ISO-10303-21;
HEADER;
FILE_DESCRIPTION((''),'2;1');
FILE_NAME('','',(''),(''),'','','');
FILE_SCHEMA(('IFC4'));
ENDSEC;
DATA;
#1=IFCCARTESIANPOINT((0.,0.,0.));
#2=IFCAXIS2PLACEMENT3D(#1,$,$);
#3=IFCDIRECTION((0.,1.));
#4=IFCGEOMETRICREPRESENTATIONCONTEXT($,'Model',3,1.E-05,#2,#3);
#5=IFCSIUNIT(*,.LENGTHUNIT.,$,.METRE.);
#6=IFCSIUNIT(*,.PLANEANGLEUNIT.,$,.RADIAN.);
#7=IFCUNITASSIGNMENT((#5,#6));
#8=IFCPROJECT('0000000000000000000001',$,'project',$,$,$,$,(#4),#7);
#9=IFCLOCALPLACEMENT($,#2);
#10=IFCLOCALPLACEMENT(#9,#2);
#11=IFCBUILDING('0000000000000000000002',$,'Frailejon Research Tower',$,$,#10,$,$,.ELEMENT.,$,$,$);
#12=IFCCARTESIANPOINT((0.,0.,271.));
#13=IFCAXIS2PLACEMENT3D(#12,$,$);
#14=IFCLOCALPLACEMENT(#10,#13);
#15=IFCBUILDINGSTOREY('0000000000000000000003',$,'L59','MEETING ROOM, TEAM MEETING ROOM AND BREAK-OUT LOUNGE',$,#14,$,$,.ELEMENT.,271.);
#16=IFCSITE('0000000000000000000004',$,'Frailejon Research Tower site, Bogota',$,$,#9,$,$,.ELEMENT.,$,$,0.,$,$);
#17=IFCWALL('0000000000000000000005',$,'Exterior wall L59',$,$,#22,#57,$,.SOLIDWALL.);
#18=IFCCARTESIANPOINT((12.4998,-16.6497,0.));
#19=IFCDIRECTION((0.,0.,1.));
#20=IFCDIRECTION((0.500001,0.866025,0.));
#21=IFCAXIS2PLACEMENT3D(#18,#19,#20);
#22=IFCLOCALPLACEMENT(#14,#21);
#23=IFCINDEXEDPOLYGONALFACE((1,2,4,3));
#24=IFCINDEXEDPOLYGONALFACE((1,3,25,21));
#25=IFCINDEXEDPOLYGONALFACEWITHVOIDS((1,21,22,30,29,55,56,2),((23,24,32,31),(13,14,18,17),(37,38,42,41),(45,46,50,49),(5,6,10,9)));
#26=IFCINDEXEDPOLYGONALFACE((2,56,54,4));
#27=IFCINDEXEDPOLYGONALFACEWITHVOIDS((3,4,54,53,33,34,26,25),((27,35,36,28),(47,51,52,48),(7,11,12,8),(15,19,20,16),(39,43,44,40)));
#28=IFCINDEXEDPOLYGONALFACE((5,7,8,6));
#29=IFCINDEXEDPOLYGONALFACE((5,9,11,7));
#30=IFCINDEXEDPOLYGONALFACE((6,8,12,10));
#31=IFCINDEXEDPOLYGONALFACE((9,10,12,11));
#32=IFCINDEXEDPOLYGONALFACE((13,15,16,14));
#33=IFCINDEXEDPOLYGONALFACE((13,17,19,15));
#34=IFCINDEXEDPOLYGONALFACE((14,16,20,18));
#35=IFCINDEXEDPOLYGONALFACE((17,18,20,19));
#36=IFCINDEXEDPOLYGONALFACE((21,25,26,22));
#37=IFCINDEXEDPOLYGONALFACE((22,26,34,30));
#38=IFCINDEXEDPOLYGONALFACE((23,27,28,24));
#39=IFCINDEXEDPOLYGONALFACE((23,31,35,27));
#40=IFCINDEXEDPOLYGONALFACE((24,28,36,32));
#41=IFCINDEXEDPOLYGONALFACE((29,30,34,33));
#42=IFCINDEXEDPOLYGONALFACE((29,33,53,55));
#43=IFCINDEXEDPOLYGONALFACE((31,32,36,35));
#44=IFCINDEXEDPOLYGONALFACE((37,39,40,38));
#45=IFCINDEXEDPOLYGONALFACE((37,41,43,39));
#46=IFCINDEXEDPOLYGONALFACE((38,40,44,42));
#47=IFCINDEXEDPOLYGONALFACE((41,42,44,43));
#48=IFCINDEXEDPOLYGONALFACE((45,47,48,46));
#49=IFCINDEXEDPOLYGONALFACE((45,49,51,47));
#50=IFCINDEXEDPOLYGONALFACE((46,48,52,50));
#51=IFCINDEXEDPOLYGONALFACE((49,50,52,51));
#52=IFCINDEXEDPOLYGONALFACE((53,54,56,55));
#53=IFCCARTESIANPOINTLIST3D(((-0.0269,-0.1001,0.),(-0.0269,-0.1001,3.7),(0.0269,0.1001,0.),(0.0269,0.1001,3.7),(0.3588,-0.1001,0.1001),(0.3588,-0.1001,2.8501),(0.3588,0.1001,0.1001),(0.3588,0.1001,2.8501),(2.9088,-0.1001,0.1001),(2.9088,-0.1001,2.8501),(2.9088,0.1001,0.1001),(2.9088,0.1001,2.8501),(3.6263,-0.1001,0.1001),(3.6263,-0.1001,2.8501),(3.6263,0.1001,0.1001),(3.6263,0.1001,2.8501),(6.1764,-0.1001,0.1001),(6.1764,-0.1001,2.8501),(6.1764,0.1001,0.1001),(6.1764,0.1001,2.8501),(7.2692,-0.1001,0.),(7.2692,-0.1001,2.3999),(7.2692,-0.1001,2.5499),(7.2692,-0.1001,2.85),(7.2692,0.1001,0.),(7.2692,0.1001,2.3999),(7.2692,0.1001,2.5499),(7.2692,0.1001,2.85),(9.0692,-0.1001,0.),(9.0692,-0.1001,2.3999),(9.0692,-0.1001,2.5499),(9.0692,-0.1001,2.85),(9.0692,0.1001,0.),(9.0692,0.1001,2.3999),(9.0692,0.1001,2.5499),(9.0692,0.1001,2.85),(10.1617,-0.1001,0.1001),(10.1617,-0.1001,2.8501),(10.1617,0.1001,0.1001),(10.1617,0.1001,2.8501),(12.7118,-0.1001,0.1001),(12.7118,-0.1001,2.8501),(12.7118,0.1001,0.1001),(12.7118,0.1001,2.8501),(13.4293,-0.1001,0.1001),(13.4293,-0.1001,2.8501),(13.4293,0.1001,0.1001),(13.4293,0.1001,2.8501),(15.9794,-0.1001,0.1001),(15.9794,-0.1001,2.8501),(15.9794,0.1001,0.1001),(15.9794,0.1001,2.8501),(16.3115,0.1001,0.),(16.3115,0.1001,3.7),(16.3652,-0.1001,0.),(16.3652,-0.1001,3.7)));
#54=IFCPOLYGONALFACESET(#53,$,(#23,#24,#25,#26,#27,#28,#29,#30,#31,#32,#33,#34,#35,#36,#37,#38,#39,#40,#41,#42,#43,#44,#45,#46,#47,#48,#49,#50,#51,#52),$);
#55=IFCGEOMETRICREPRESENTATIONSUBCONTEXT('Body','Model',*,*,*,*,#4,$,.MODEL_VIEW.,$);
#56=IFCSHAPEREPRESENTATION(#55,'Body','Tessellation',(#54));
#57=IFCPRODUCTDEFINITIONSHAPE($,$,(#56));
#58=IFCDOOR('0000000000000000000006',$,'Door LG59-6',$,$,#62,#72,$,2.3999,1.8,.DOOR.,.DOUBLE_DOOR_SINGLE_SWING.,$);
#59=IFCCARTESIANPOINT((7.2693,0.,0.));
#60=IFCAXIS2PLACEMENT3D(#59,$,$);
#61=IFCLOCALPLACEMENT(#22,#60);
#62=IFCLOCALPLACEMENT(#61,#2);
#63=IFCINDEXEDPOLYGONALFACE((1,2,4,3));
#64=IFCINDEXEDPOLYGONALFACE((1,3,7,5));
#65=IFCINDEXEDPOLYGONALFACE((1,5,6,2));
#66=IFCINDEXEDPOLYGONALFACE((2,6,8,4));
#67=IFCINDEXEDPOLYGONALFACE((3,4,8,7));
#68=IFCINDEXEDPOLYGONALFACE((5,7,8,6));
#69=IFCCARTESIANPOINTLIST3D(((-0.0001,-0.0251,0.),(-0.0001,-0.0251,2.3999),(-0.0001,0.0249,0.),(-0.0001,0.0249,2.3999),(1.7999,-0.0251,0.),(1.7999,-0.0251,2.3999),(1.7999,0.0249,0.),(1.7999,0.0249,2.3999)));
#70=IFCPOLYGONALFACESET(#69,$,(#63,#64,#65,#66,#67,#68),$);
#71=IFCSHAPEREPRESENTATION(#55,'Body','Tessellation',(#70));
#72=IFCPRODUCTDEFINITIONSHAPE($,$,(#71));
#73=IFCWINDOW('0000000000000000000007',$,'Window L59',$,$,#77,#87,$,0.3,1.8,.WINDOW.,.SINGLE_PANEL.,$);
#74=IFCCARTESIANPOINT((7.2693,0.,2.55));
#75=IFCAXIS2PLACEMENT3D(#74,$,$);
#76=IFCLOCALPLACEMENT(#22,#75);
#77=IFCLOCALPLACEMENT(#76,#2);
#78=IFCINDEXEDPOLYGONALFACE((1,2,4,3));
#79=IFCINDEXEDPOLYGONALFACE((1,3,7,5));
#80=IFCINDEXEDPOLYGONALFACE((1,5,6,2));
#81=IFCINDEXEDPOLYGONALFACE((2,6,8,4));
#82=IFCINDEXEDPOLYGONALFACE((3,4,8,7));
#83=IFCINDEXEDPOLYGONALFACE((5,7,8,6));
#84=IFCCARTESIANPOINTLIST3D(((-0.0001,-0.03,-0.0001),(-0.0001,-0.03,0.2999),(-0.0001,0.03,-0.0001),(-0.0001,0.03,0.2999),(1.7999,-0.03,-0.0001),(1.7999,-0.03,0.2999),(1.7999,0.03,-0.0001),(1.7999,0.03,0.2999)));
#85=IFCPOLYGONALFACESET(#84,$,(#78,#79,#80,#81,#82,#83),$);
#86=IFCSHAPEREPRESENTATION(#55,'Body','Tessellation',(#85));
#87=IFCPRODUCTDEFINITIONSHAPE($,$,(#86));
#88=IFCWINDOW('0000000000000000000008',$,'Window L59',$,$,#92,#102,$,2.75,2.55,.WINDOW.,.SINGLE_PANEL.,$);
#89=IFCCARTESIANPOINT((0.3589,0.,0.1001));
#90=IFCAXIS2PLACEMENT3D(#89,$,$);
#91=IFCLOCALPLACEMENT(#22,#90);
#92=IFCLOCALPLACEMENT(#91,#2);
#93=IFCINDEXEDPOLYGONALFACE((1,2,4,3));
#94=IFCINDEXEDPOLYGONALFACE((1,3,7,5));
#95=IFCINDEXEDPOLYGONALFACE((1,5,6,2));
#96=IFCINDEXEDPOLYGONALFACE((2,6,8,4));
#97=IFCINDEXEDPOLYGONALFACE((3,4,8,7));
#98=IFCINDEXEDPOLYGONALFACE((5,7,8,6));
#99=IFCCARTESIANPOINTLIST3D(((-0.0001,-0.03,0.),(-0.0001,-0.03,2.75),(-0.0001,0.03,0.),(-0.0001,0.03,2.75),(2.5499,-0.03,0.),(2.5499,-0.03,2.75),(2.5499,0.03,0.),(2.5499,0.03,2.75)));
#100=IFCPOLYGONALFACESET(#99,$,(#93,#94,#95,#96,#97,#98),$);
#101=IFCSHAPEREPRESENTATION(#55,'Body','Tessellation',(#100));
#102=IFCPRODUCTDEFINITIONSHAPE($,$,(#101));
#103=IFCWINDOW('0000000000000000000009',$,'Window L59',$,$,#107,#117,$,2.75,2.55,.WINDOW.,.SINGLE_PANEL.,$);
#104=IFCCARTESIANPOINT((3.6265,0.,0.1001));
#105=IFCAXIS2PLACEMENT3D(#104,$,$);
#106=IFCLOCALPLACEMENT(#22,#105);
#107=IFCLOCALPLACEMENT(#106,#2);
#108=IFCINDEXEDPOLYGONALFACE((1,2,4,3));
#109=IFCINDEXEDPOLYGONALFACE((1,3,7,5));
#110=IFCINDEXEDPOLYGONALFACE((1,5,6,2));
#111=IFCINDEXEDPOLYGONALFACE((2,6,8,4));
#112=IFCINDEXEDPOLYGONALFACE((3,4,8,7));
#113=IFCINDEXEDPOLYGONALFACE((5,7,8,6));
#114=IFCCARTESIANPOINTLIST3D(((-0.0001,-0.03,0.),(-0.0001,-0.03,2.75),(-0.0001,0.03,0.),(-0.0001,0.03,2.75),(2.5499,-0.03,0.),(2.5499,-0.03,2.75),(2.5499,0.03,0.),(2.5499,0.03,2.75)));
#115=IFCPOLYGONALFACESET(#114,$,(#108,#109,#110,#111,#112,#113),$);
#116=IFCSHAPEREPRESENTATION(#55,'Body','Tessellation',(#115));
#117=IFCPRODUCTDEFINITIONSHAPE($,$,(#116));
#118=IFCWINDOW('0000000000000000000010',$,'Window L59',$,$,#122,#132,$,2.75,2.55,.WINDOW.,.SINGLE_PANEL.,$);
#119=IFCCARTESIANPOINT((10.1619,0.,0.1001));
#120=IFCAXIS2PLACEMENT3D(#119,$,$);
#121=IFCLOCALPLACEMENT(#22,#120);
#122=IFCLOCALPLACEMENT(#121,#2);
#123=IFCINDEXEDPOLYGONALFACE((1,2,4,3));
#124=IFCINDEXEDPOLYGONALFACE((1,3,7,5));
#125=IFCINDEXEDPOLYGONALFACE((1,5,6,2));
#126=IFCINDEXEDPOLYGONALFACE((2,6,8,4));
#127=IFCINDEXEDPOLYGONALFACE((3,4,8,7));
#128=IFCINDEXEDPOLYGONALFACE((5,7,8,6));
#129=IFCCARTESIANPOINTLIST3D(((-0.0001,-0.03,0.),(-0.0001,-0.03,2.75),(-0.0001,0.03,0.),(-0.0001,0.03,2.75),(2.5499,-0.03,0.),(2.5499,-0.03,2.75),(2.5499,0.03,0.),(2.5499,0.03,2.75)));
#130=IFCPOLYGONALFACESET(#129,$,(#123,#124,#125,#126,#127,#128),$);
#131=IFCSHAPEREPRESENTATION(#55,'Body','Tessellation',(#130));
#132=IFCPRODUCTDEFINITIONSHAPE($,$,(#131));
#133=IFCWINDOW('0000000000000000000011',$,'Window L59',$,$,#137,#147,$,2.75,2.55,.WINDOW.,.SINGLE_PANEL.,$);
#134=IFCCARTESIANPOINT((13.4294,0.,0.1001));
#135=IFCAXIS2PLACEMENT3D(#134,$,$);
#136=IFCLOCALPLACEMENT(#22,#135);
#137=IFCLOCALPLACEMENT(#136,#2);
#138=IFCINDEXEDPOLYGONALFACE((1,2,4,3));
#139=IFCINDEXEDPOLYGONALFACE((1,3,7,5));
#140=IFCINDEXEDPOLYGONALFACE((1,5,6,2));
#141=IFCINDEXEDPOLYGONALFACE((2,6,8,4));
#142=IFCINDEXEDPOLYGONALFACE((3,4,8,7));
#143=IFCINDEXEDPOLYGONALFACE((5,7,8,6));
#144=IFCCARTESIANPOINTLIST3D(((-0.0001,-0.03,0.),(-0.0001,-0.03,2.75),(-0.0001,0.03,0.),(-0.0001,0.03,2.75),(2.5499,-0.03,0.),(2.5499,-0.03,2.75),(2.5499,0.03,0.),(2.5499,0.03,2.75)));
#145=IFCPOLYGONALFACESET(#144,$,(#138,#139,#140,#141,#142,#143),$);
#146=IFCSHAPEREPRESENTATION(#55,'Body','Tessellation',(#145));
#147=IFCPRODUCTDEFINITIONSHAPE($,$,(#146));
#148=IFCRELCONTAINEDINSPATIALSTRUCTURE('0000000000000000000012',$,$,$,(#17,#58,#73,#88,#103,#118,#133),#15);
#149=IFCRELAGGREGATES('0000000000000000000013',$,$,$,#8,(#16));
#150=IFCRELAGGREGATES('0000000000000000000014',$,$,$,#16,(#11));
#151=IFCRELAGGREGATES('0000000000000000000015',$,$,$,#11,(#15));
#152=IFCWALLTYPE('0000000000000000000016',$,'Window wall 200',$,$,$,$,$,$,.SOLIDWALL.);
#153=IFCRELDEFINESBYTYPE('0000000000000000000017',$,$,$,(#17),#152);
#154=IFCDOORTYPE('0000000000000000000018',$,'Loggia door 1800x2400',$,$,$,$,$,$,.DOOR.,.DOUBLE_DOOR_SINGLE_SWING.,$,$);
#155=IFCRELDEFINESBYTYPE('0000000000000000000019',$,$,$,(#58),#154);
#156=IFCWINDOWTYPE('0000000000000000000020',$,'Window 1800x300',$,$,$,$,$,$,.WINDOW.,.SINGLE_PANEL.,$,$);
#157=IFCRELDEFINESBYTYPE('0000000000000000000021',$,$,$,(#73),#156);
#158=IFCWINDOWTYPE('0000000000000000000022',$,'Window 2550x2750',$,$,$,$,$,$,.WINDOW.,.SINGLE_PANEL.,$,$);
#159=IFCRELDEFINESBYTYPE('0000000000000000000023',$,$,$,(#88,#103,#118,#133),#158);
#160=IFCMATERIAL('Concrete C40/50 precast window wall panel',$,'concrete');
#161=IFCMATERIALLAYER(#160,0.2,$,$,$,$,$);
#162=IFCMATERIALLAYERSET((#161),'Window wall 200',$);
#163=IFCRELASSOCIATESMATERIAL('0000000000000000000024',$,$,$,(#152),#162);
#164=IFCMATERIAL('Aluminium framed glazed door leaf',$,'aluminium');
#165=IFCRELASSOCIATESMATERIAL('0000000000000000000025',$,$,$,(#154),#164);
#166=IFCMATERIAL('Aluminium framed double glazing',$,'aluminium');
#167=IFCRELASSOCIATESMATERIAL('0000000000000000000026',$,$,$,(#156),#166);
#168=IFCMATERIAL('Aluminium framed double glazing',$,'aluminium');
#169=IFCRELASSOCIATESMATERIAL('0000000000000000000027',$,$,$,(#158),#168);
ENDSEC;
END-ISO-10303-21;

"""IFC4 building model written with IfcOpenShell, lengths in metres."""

from ifc_helpers import new_model, si_unit, direction, frame, frame_2d, origin, place, context, subcontext, project, spatial, polyline, rectangle, outline, extrude, material, layer, layer_set, type_object, element, fill, save


model = new_model("IFC4")

# Units and contexts
model_context = context("Model", 3, precision=1e-05, world=origin(), true_north=direction((0.0, 1.0)))
body_context = subcontext(model_context, "Body", "Model", "MODEL_VIEW")
ifc_project = project(units=[si_unit("LENGTHUNIT", "METRE"), si_unit("PLANEANGLEUNIT", "RADIAN")], contexts=[model_context])

# Site, building, storey
site_placement = place(None, origin())
site = spatial("IfcSite", under=ifc_project, at=site_placement, Name="Frailejon Research Tower site, Bogota", CompositionType="ELEMENT", RefElevation=0.0)
building_placement = place(site_placement, origin())
building = spatial("IfcBuilding", under=site, at=building_placement, Name="Frailejon Research Tower", CompositionType="ELEMENT")
storey_placement = place(building_placement, frame((0.0, 0.0, 271.0)))
storey = spatial("IfcBuildingStorey", under=building, at=storey_placement, Name="L59", Description="MEETING ROOM, TEAM MEETING ROOM AND BREAK-OUT LOUNGE", CompositionType="ELEMENT", Elevation=271.0)

# Wall, openings, door, windows
ifc_material_1 = material(Name="Concrete C40/50 precast window wall panel", Category="concrete")
ifc_layer_1 = layer(ifc_material_1, 0.2)
ifc_layer_set_1 = layer_set([ifc_layer_1], Name="Window wall 200")
wall_type = type_object("IfcWallType", Name="Window wall 200", PredefinedType="SOLIDWALL", material=ifc_layer_set_1)
wall_placement = place(storey_placement, frame((12.4998, -16.6497, 0.0), z_axis=(0.0, 0.0, 1.0), x_axis=(0.500001, 0.866025, 0.0)))
wall = element("IfcWall", 1, at=wall_placement, inside=storey, type_object=wall_type, Name="Exterior wall L59", PredefinedType="SOLIDWALL", context=body_context, shape_type="SweptSolid", body=[
    extrude(outline(polyline([(-0.0269, -0.1001), (0.9976, -0.1001), (2.0222, -0.1001), (3.0466, -0.1001), (4.0713, -0.1001), (5.0957, -0.1001), (6.1201, -0.1001), (7.1448, -0.1001), (8.1692, -0.1001), (9.1936, -0.1001), (10.2183, -0.1001), (11.2427, -0.1001), (12.2671, -0.1001), (13.2917, -0.1001), (14.3162, -0.1001), (15.3408, -0.1001), (16.3652, -0.1001), (16.3115, 0.1001), (15.2937, 0.1001), (14.2759, 0.1001), (13.2581, 0.1001), (12.2402, 0.1001), (11.2227, 0.1001), (10.2048, 0.1001), (9.187, 0.1001), (8.1692, 0.1001), (7.1514, 0.1001), (6.1335, 0.1001), (5.1157, 0.1001), (4.0981, 0.1001), (3.0803, 0.1001), (2.0625, 0.1001), (1.0447, 0.1001), (0.0269, 0.1001), (-0.0269, -0.1001)])), origin(), (0.0, 0.0, 1.0), 3.7),
])
opening_1_placement = place(wall_placement, frame((0.3589, 0.0, 0.1001)))
opening_1 = element("IfcOpeningElement", 2, at=opening_1_placement, cuts=wall, PredefinedType="OPENING", context=body_context, shape_type="SweptSolid", body=[
    extrude(rectangle(XDim=2.55, YDim=2.75, at=frame_2d((1.2749, 1.375))), frame((0.0, 0.1099, 0.0), z_axis=(0.0, -1.0, 0.0), x_axis=(1.0, 0.0, 0.0)), (0.0, 0.0, 1.0), 0.22),
])
opening_2_placement = place(wall_placement, frame((3.6265, 0.0, 0.1001)))
opening_2 = element("IfcOpeningElement", 3, at=opening_2_placement, cuts=wall, PredefinedType="OPENING", context=body_context, shape_type="SweptSolid", body=[
    extrude(rectangle(XDim=2.55, YDim=2.75, at=frame_2d((1.2749, 1.375))), frame((0.0, 0.1099, 0.0), z_axis=(0.0, -1.0, 0.0), x_axis=(1.0, 0.0, 0.0)), (0.0, 0.0, 1.0), 0.22),
])
opening_3_placement = place(wall_placement, frame((7.2693, 0.0, 0.0)))
opening_3 = element("IfcOpeningElement", 4, at=opening_3_placement, cuts=wall, PredefinedType="OPENING", context=body_context, shape_type="SweptSolid", body=[
    extrude(rectangle(XDim=1.8, YDim=2.3999, at=frame_2d((0.8999, 1.2))), frame((0.0, 0.1099, 0.0), z_axis=(0.0, -1.0, 0.0), x_axis=(1.0, 0.0, 0.0)), (0.0, 0.0, 1.0), 0.22),
])
opening_4_placement = place(wall_placement, frame((7.2693, 0.0, 2.55)))
opening_4 = element("IfcOpeningElement", 5, at=opening_4_placement, cuts=wall, PredefinedType="OPENING", context=body_context, shape_type="SweptSolid", body=[
    extrude(rectangle(XDim=1.8, YDim=0.3, at=frame_2d((0.8999, 0.1499))), frame((0.0, 0.1099, 0.0), z_axis=(0.0, -1.0, 0.0), x_axis=(1.0, 0.0, 0.0)), (0.0, 0.0, 1.0), 0.22),
])
opening_5_placement = place(wall_placement, frame((10.1619, 0.0, 0.1001)))
opening_5 = element("IfcOpeningElement", 6, at=opening_5_placement, cuts=wall, PredefinedType="OPENING", context=body_context, shape_type="SweptSolid", body=[
    extrude(rectangle(XDim=2.55, YDim=2.75, at=frame_2d((1.2749, 1.375))), frame((0.0, 0.1099, 0.0), z_axis=(0.0, -1.0, 0.0), x_axis=(1.0, 0.0, 0.0)), (0.0, 0.0, 1.0), 0.22),
])
opening_6_placement = place(wall_placement, frame((13.4294, 0.0, 0.1001)))
opening_6 = element("IfcOpeningElement", 7, at=opening_6_placement, cuts=wall, PredefinedType="OPENING", context=body_context, shape_type="SweptSolid", body=[
    extrude(rectangle(XDim=2.55, YDim=2.75, at=frame_2d((1.2749, 1.375))), frame((0.0, 0.1099, 0.0), z_axis=(0.0, -1.0, 0.0), x_axis=(1.0, 0.0, 0.0)), (0.0, 0.0, 1.0), 0.22),
])
ifc_material_2 = material(Name="Aluminium framed glazed door leaf", Category="aluminium")
door_type = type_object("IfcDoorType", Name="Loggia door 1800x2400", OperationType="DOUBLE_DOOR_SINGLE_SWING", PredefinedType="DOOR", material=ifc_material_2)
door_placement = place(opening_3_placement, origin())
door = element("IfcDoor", 8, at=door_placement, inside=storey, type_object=door_type, Name="Door LG59-6", OperationType="DOUBLE_DOOR_SINGLE_SWING", OverallHeight=2.3999, OverallWidth=1.8, PredefinedType="DOOR", context=body_context, shape_type="SweptSolid", body=[
    extrude(rectangle(XDim=1.8, YDim=2.3999, at=frame_2d((0.8999, 1.2))), frame((0.0, 0.0249, 0.0), z_axis=(0.0, -1.0, 0.0), x_axis=(1.0, 0.0, 0.0)), (0.0, 0.0, 1.0), 0.05),
])
fill(opening_3, door)
ifc_material_3 = material(Name="Aluminium framed double glazing", Category="aluminium")
window_type_1 = type_object("IfcWindowType", Name="Window 1800x300", PartitioningType="SINGLE_PANEL", PredefinedType="WINDOW", material=ifc_material_3)
window_1_placement = place(opening_4_placement, origin())
window_1 = element("IfcWindow", 9, at=window_1_placement, inside=storey, type_object=window_type_1, Name="Window L59", OverallHeight=0.3, OverallWidth=1.8, PartitioningType="SINGLE_PANEL", PredefinedType="WINDOW", context=body_context, shape_type="SweptSolid", body=[
    extrude(rectangle(XDim=1.8, YDim=0.3, at=frame_2d((0.8999, 0.1499))), frame((0.0, 0.03, 0.0), z_axis=(0.0, -1.0, 0.0), x_axis=(1.0, 0.0, 0.0)), (0.0, 0.0, 1.0), 0.0601),
])
fill(opening_4, window_1)
ifc_material_4 = material(Name="Aluminium framed double glazing", Category="aluminium")
window_type_2 = type_object("IfcWindowType", Name="Window 2550x2750", PartitioningType="SINGLE_PANEL", PredefinedType="WINDOW", material=ifc_material_4)
window_2_placement = place(opening_1_placement, origin())
window_2 = element("IfcWindow", 10, at=window_2_placement, inside=storey, type_object=window_type_2, Name="Window L59", OverallHeight=2.75, OverallWidth=2.55, PartitioningType="SINGLE_PANEL", PredefinedType="WINDOW", context=body_context, shape_type="SweptSolid", body=[
    extrude(rectangle(XDim=2.55, YDim=2.75, at=frame_2d((1.2749, 1.375))), frame((0.0, 0.03, 0.0), z_axis=(0.0, -1.0, 0.0), x_axis=(1.0, 0.0, 0.0)), (0.0, 0.0, 1.0), 0.0601),
])
fill(opening_1, window_2)
window_3_placement = place(opening_2_placement, origin())
window_3 = element("IfcWindow", 11, at=window_3_placement, inside=storey, type_object=window_type_2, Name="Window L59", OverallHeight=2.75, OverallWidth=2.55, PartitioningType="SINGLE_PANEL", PredefinedType="WINDOW", context=body_context, shape_type="SweptSolid", body=[
    extrude(rectangle(XDim=2.55, YDim=2.75, at=frame_2d((1.2749, 1.375))), frame((0.0, 0.03, 0.0), z_axis=(0.0, -1.0, 0.0), x_axis=(1.0, 0.0, 0.0)), (0.0, 0.0, 1.0), 0.0601),
])
fill(opening_2, window_3)
window_4_placement = place(opening_5_placement, origin())
window_4 = element("IfcWindow", 12, at=window_4_placement, inside=storey, type_object=window_type_2, Name="Window L59", OverallHeight=2.75, OverallWidth=2.55, PartitioningType="SINGLE_PANEL", PredefinedType="WINDOW", context=body_context, shape_type="SweptSolid", body=[
    extrude(rectangle(XDim=2.55, YDim=2.75, at=frame_2d((1.2749, 1.375))), frame((0.0, 0.03, 0.0), z_axis=(0.0, -1.0, 0.0), x_axis=(1.0, 0.0, 0.0)), (0.0, 0.0, 1.0), 0.0601),
])
fill(opening_5, window_4)
window_5_placement = place(opening_6_placement, origin())
window_5 = element("IfcWindow", 13, at=window_5_placement, inside=storey, type_object=window_type_2, Name="Window L59", OverallHeight=2.75, OverallWidth=2.55, PartitioningType="SINGLE_PANEL", PredefinedType="WINDOW", context=body_context, shape_type="SweptSolid", body=[
    extrude(rectangle(XDim=2.55, YDim=2.75, at=frame_2d((1.2749, 1.375))), frame((0.0, 0.03, 0.0), z_axis=(0.0, -1.0, 0.0), x_axis=(1.0, 0.0, 0.0)), (0.0, 0.0, 1.0), 0.0601),
])
fill(opening_6, window_5)

save(model, "model.ifc")
